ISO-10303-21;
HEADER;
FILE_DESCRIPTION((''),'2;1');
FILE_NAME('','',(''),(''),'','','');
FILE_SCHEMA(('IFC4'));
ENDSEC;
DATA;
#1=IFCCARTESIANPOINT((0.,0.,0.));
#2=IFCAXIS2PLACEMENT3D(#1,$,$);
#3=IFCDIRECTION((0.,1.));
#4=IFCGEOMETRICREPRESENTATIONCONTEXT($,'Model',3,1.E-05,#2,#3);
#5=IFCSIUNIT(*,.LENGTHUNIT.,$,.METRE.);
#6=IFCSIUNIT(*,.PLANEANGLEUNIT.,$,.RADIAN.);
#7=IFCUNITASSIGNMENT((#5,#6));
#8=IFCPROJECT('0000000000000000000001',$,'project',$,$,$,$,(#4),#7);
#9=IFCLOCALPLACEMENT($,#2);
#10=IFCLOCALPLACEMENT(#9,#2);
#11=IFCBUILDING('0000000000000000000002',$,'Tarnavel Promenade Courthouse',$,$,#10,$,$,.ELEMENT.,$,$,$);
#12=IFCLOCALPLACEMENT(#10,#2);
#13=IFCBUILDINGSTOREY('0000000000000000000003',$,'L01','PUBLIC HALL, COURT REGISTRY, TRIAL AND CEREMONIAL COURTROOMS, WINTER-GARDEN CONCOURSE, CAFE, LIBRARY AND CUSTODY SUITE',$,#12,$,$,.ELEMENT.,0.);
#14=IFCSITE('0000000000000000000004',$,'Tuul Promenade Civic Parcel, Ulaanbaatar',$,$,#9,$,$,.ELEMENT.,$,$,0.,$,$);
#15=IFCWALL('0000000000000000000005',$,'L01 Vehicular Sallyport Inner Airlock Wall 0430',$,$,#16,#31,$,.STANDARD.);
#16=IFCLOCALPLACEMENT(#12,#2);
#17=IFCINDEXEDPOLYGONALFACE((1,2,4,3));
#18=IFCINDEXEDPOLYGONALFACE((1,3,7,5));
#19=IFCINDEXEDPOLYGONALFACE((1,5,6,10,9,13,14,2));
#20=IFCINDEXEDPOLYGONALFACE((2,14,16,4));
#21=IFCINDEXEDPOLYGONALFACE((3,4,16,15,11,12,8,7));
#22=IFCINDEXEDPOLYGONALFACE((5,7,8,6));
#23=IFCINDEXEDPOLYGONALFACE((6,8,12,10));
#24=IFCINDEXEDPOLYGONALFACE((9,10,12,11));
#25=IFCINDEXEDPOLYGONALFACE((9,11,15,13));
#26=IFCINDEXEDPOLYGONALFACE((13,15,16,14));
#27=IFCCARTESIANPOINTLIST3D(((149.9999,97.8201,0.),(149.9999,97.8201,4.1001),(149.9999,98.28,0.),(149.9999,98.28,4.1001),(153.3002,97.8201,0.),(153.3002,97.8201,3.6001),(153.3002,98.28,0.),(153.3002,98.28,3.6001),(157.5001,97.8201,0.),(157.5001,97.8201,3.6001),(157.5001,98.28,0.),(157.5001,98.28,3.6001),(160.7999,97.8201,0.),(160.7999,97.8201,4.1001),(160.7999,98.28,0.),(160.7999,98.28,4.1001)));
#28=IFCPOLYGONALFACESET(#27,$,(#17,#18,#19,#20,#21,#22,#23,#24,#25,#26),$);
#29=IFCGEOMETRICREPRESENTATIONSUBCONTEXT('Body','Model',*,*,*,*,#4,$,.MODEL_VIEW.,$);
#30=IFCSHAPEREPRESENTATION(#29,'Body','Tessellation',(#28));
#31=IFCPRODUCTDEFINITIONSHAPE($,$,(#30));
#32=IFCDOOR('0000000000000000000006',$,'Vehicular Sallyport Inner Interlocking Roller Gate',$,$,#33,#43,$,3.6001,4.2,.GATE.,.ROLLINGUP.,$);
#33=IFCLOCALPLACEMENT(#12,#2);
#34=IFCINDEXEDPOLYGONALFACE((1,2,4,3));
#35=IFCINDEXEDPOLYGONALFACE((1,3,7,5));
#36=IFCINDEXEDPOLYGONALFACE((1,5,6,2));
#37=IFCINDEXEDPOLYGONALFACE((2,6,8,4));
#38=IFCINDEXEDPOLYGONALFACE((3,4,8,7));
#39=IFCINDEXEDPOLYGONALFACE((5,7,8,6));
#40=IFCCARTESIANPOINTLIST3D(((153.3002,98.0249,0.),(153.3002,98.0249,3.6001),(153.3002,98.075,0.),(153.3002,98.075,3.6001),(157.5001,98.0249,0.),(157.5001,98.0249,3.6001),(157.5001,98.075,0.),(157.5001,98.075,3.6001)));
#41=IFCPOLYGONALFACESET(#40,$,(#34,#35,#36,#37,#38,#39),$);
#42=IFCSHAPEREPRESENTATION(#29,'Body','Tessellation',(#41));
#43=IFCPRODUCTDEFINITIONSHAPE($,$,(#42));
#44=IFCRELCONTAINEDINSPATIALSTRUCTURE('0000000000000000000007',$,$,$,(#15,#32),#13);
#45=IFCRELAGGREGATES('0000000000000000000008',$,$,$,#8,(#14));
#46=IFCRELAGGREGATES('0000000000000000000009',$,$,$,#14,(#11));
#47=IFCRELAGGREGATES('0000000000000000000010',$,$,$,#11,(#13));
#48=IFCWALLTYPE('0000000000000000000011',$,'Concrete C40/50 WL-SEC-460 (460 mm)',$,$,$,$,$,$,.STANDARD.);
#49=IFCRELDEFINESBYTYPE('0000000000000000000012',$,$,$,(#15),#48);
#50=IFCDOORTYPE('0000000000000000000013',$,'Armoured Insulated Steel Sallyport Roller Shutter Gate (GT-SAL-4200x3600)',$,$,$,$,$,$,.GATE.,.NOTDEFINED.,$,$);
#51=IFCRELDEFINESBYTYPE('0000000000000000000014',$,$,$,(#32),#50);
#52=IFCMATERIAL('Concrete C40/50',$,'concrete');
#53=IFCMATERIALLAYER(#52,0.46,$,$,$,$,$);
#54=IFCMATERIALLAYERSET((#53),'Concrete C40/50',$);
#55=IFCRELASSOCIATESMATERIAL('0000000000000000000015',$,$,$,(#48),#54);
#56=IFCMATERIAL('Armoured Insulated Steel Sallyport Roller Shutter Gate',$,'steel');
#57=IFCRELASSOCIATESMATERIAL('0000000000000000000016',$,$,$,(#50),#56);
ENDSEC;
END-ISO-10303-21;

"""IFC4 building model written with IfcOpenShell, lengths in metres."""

from ifc_helpers import new_model, si_unit, direction, frame, frame_2d, origin, place, context, subcontext, project, spatial, rectangle, extrude, material, layer, layer_set, type_object, element, fill, save


model = new_model("IFC4")

# Units and contexts
model_context = context("Model", 3, precision=1e-05, world=origin(), true_north=direction((0.0, 1.0)))
body_context = subcontext(model_context, "Body", "Model", "MODEL_VIEW")
ifc_project = project(units=[si_unit("LENGTHUNIT", "METRE"), si_unit("PLANEANGLEUNIT", "RADIAN")], contexts=[model_context])

# Site, building, storey
site_placement = place(None, origin())
site = spatial("IfcSite", under=ifc_project, at=site_placement, Name="Tuul Promenade Civic Parcel, Ulaanbaatar", CompositionType="ELEMENT", RefElevation=0.0)
building_placement = place(site_placement, origin())
building = spatial("IfcBuilding", under=site, at=building_placement, Name="Tarnavel Promenade Courthouse", CompositionType="ELEMENT")
storey_placement = place(building_placement, origin())
storey = spatial("IfcBuildingStorey", under=building, at=storey_placement, Name="L01", Description="PUBLIC HALL, COURT REGISTRY, TRIAL AND CEREMONIAL COURTROOMS, WINTER-GARDEN CONCOURSE, CAFE, LIBRARY AND CUSTODY SUITE", CompositionType="ELEMENT", Elevation=0.0)

# Shared definitions
ifc_material_1 = material(Name="Concrete C40/50", Category="concrete")

# Shared definitions
ifc_layer = layer(ifc_material_1, 0.46)
ifc_layer_set = layer_set([ifc_layer], Name="Concrete C40/50")
wall_type = type_object("IfcWallType", Name="Concrete C40/50 WL-SEC-460 (460 mm)", PredefinedType="STANDARD", material=ifc_layer_set)

# Shared definitions
ifc_material_2 = material(Name="Armoured Insulated Steel Sallyport Roller Shutter Gate", Category="steel")
door_type_1 = type_object("IfcDoorType", Name="Armoured Insulated Steel Sallyport Roller Shutter Gate (GT-SAL-4200x3600)", OperationType="NOTDEFINED", PredefinedType="GATE", material=ifc_material_2)

# Wall, opening, door
wall_1_placement = place(storey_placement, frame((150.0, 98.05, 0.0), z_axis=(0.0, 0.0, 1.0), x_axis=(1.0, 0.0, 0.0)))
wall_1 = element("IfcWall", 1, at=wall_1_placement, inside=storey, type_object=wall_type, Name="L01 Vehicular Sallyport Inner Airlock Wall 0430", PredefinedType="STANDARD", context=body_context, shape_type="SweptSolid", body=[
    extrude(rectangle(XDim=10.8, YDim=0.46, at=frame_2d((5.3999, 0.0))), origin(), (0.0, 0.0, 1.0), 4.1001),
])
opening_1_placement = place(wall_1_placement, frame((3.3, 0.0, 0.0)))
opening_1 = element("IfcOpeningElement", 2, at=opening_1_placement, cuts=wall_1, PredefinedType="OPENING", context=body_context, shape_type="SweptSolid", body=[
    extrude(rectangle(XDim=4.2, YDim=3.6001, at=frame_2d((2.1001, 1.8))), frame((0.0, 0.24, 0.0), z_axis=(0.0, -1.0, 0.0), x_axis=(1.0, 0.0, 0.0)), (0.0, 0.0, 1.0), 0.48),
])
door_1_placement = place(opening_1_placement, origin())
door_1 = element("IfcDoor", 3, at=door_1_placement, inside=storey, type_object=door_type_1, Name="Vehicular Sallyport Inner Interlocking Roller Gate", OperationType="ROLLINGUP", OverallHeight=3.6001, OverallWidth=4.2, PredefinedType="GATE", context=body_context, shape_type="SweptSolid", body=[
    extrude(rectangle(XDim=4.2, YDim=3.6001, at=frame_2d((2.1001, 1.8))), frame((0.0, 0.0249, 0.0), z_axis=(0.0, -1.0, 0.0), x_axis=(1.0, 0.0, 0.0)), (0.0, 0.0, 1.0), 0.05),
])
fill(opening_1, door_1)

save(model, "model.ifc")
